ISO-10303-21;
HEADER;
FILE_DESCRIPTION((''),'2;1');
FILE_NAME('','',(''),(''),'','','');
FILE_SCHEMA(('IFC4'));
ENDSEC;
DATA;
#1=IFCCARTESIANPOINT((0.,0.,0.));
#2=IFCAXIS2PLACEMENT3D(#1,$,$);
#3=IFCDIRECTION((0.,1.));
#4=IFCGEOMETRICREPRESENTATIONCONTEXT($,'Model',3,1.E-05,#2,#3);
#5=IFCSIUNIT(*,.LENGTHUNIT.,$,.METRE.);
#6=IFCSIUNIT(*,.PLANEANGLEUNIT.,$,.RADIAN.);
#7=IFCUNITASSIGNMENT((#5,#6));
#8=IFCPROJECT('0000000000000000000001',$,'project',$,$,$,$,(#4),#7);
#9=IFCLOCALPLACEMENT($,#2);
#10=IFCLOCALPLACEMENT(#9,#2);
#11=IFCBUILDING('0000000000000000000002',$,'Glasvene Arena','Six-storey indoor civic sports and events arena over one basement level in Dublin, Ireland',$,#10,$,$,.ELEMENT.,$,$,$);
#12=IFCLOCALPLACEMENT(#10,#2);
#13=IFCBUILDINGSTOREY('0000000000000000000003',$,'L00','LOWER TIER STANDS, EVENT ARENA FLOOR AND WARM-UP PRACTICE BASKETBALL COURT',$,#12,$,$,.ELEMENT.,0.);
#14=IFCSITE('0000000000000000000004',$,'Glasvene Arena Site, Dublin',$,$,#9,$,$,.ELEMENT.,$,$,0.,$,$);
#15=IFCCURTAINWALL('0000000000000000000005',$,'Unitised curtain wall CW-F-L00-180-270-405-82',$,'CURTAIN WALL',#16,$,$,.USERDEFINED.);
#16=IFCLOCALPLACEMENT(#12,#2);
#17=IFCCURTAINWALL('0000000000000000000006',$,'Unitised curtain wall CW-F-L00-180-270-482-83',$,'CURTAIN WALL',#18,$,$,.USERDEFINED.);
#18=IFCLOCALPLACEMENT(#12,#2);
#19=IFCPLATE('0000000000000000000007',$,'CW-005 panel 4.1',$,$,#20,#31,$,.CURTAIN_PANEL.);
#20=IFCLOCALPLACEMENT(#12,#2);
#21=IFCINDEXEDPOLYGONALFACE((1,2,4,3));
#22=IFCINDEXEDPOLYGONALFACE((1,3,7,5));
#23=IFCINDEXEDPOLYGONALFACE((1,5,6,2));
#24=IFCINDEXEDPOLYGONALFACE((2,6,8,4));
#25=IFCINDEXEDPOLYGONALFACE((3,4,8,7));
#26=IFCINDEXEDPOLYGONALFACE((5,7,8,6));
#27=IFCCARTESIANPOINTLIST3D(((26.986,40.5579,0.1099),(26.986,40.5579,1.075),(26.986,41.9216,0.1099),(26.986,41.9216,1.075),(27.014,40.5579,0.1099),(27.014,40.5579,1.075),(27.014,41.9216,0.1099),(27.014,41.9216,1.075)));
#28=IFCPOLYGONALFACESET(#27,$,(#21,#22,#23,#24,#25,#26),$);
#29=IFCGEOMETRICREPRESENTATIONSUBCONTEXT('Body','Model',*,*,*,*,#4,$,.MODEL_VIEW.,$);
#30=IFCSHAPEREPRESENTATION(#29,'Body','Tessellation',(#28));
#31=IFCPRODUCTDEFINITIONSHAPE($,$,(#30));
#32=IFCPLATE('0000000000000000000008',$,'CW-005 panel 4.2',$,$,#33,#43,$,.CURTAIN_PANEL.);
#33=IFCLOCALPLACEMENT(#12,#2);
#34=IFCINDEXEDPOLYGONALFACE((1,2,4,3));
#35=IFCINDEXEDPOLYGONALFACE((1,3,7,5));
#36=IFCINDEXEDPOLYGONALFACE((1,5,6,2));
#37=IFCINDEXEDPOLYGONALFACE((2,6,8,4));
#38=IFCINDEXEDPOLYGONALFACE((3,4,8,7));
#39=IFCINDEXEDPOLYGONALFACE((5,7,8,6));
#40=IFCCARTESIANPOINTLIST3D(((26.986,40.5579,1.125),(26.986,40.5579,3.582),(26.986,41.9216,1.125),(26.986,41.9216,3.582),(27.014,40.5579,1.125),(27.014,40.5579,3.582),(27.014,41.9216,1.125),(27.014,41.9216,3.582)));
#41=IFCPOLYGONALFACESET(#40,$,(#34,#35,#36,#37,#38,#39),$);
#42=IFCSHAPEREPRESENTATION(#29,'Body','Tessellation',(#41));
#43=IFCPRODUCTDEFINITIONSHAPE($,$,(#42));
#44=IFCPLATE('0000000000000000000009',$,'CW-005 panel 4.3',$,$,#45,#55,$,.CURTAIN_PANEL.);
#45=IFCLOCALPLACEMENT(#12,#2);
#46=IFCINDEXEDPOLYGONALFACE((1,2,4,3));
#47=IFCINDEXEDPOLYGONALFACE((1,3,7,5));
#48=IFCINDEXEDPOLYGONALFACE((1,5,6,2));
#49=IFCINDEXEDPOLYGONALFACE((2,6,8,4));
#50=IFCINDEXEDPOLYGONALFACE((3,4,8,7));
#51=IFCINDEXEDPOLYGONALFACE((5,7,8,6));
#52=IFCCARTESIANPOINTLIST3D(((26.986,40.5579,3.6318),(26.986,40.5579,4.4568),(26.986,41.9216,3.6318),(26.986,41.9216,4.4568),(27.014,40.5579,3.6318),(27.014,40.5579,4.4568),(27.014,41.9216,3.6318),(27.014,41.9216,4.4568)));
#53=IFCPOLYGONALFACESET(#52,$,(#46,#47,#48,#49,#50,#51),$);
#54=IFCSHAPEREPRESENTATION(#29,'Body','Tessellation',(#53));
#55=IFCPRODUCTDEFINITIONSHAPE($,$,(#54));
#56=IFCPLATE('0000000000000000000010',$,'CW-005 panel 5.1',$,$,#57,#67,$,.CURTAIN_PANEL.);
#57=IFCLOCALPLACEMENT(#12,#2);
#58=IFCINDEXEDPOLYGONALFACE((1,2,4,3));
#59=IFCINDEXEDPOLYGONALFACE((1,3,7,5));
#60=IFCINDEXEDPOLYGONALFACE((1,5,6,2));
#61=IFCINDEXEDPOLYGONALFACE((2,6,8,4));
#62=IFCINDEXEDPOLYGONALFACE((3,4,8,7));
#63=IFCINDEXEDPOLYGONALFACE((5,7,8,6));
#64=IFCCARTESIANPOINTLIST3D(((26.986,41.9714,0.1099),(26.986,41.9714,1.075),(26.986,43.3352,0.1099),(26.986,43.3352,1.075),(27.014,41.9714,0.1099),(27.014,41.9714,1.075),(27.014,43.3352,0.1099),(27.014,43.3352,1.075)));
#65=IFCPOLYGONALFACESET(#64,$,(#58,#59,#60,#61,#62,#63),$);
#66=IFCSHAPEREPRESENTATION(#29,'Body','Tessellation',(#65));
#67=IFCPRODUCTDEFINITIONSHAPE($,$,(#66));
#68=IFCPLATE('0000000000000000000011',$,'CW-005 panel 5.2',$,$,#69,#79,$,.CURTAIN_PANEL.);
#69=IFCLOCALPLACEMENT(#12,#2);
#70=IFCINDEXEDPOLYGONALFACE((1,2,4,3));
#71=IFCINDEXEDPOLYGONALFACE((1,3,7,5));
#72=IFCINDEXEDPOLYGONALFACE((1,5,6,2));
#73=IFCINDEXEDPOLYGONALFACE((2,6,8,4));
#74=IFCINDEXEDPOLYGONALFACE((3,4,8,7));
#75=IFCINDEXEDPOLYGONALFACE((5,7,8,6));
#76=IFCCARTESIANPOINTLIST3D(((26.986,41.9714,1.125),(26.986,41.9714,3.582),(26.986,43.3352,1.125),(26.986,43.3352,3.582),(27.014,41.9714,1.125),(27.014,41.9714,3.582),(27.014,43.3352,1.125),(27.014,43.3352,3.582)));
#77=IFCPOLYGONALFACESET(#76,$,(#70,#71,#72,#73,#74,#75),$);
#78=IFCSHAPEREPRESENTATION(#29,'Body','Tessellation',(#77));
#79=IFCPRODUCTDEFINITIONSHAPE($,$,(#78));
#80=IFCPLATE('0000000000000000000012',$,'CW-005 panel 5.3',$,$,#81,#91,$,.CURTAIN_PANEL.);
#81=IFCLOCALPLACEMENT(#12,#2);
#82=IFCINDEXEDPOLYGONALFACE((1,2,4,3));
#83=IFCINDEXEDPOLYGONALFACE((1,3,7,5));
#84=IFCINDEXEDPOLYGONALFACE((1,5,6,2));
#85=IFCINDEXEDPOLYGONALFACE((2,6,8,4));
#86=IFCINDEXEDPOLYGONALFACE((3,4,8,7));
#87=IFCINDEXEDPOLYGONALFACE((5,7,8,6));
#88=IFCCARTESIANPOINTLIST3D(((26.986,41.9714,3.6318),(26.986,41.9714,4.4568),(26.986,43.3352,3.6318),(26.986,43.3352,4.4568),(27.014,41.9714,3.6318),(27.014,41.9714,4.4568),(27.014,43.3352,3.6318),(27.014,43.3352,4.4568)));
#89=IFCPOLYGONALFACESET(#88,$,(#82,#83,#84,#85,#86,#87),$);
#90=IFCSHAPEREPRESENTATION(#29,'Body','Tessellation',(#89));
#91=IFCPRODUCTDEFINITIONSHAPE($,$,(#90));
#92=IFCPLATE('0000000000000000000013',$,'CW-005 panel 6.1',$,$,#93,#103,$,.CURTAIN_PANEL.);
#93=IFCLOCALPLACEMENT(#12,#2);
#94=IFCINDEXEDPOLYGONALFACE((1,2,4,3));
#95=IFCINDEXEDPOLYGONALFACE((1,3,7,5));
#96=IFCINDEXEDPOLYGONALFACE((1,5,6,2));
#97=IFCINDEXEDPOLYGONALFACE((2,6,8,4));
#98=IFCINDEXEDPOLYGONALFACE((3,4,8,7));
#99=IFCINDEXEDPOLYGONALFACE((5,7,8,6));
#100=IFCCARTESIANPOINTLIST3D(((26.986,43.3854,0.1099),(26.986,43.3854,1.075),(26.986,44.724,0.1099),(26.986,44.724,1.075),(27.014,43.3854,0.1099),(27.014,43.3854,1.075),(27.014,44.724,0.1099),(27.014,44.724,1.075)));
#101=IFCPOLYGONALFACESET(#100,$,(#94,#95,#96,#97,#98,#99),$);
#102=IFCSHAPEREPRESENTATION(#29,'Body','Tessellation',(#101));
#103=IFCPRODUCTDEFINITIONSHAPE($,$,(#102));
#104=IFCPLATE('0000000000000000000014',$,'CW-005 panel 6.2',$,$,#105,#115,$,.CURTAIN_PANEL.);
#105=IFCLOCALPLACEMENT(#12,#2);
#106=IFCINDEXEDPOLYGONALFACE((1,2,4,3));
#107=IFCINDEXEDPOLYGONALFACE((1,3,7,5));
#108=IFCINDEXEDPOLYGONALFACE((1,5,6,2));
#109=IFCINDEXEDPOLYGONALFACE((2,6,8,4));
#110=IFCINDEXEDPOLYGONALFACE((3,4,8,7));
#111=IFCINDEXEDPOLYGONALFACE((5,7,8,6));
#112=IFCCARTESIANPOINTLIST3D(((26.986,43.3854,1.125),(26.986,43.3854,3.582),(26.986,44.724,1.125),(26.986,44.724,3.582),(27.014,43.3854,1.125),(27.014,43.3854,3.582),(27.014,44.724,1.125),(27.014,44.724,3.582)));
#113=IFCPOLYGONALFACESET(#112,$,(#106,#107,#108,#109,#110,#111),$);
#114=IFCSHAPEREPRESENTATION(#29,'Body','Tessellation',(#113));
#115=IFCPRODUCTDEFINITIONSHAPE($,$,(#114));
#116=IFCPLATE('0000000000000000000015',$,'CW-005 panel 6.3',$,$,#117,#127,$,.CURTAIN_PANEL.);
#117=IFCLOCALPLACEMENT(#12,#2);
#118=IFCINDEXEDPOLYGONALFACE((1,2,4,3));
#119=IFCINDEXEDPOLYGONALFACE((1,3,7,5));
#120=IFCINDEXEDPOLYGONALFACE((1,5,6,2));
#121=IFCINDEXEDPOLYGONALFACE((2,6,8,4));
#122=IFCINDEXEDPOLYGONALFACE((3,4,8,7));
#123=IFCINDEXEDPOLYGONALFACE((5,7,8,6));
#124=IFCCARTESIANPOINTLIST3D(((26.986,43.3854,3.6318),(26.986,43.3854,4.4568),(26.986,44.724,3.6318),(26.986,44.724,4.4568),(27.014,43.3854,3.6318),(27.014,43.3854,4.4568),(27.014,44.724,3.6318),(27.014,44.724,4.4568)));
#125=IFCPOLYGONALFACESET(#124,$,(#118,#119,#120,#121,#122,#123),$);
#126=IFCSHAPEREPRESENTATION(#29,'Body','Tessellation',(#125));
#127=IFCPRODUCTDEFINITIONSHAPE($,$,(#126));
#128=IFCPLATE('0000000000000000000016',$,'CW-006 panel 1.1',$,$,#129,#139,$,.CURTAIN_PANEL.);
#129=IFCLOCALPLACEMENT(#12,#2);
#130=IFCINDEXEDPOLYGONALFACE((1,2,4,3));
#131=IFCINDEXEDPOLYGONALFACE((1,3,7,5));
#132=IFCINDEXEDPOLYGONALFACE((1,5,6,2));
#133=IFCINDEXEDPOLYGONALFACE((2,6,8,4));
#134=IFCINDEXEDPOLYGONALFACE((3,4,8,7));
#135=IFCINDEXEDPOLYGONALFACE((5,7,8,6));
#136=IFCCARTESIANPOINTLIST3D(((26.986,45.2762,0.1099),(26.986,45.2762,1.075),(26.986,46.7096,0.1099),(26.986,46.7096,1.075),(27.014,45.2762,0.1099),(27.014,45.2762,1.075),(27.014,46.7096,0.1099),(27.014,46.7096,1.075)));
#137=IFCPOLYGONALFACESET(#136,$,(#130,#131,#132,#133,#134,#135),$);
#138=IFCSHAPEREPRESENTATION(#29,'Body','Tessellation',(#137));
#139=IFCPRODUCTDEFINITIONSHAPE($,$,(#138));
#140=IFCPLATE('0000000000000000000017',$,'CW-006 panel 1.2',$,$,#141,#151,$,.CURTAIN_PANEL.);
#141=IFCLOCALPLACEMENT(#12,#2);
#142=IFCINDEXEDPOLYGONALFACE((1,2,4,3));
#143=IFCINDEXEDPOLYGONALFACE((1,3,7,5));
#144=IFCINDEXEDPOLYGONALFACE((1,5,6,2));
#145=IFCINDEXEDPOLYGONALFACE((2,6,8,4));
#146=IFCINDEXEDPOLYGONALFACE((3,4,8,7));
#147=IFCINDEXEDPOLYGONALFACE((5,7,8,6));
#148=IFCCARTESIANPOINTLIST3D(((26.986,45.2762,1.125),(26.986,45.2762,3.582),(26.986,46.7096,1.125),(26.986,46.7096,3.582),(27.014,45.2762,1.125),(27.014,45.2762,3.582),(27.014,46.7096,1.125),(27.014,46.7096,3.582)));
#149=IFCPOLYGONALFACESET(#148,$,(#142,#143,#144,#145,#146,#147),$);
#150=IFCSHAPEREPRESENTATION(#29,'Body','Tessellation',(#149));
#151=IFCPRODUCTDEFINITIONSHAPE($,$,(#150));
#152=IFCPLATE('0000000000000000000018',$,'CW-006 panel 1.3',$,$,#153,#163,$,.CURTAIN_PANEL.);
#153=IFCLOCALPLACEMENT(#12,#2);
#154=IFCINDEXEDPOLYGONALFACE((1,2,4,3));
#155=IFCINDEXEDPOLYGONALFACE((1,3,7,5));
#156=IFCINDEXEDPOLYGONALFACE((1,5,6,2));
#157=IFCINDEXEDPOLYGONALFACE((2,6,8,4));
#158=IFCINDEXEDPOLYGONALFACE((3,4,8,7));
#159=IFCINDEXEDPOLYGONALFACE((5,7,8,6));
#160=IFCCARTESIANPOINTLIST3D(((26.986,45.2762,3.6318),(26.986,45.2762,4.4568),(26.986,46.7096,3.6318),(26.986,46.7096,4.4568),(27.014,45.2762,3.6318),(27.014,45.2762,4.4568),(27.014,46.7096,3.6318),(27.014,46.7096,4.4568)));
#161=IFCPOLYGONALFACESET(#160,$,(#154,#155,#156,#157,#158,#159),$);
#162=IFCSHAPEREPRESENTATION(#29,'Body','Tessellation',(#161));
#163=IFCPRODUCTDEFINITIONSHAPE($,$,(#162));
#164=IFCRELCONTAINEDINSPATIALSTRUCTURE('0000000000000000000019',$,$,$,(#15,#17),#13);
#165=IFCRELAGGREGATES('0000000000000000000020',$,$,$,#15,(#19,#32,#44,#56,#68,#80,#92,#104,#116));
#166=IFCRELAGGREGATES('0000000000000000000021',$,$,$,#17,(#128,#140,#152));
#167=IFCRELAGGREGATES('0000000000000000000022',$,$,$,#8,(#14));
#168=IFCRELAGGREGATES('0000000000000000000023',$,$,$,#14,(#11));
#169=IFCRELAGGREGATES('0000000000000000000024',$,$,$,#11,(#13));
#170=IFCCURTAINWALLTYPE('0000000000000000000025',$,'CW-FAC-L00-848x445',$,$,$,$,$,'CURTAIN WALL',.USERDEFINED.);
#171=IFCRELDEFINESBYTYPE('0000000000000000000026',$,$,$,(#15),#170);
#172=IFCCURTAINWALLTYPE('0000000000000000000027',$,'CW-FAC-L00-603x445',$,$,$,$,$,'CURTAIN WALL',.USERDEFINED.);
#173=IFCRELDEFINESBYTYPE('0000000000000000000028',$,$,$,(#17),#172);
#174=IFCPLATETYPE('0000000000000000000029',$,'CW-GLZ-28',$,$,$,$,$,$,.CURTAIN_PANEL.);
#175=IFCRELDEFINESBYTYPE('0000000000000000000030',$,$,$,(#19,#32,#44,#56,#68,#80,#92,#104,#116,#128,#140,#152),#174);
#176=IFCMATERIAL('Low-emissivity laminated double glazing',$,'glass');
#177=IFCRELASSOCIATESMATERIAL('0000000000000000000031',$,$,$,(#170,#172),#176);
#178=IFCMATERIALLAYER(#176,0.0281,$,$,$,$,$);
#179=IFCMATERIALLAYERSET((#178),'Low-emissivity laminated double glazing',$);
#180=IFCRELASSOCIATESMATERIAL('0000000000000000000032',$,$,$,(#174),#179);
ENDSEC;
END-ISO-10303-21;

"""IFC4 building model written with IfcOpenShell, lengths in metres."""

from ifc_helpers import new_model, si_unit, direction, frame, origin, origin_2d, place, context, subcontext, project, spatial, rectangle, extrude, material, layer, layer_set, type_object, element, aggregate, save


model = new_model("IFC4")

# Units and contexts
model_context = context("Model", 3, precision=1e-05, world=origin(), true_north=direction((0.0, 1.0)))
body_context = subcontext(model_context, "Body", "Model", "MODEL_VIEW")
ifc_project = project(units=[si_unit("LENGTHUNIT", "METRE"), si_unit("PLANEANGLEUNIT", "RADIAN")], contexts=[model_context])

# Site, building, storey
site_placement = place(None, origin())
site = spatial("IfcSite", under=ifc_project, at=site_placement, Name="Glasvene Arena Site, Dublin", CompositionType="ELEMENT", RefElevation=0.0)
building_placement = place(site_placement, origin())
building = spatial("IfcBuilding", under=site, at=building_placement, Name="Glasvene Arena", Description="Six-storey indoor civic sports and events arena over one basement level in Dublin, Ireland", CompositionType="ELEMENT")
storey_placement = place(building_placement, origin())
storey = spatial("IfcBuildingStorey", under=building, at=storey_placement, Name="L00", Description="LOWER TIER STANDS, EVENT ARENA FLOOR AND WARM-UP PRACTICE BASKETBALL COURT", CompositionType="ELEMENT", Elevation=0.0)

# Curtain walls
ifc_material_1 = material(Name="Low-emissivity laminated double glazing", Category="glass")
curtain_wall_type_1 = type_object("IfcCurtainWallType", Name="CW-FAC-L00-848x445", ElementType="CURTAIN WALL", PredefinedType="USERDEFINED", material=ifc_material_1)
curtain_wall_1_placement = place(storey_placement, frame((27.0, 36.292, 0.0)))
curtain_wall_1 = element("IfcCurtainWall", 1, at=curtain_wall_1_placement, inside=storey, type_object=curtain_wall_type_1, Name="Unitised curtain wall CW-F-L00-180-270-405-82", ObjectType="CURTAIN WALL", PredefinedType="USERDEFINED")
curtain_wall_type_2 = type_object("IfcCurtainWallType", Name="CW-FAC-L00-603x445", ElementType="CURTAIN WALL", PredefinedType="USERDEFINED", material=ifc_material_1)
curtain_wall_2_placement = place(storey_placement, frame((27.0, 45.2261, 0.0)))
curtain_wall_2 = element("IfcCurtainWall", 2, at=curtain_wall_2_placement, inside=storey, type_object=curtain_wall_type_2, Name="Unitised curtain wall CW-F-L00-180-270-482-83", ObjectType="CURTAIN WALL", PredefinedType="USERDEFINED")

# Plates
ifc_layer = layer(ifc_material_1, 0.0281)
ifc_layer_set = layer_set([ifc_layer], Name="Low-emissivity laminated double glazing")
plate_type = type_object("IfcPlateType", Name="CW-GLZ-28", PredefinedType="CURTAIN_PANEL", material=ifc_layer_set)
plate_1_placement = place(storey_placement, frame((27.0, 41.2397, 0.1099), z_axis=(0.0, 0.0, 1.0), x_axis=(0.0, 1.0, 0.0)))
plate_1 = element("IfcPlate", 3, at=plate_1_placement, type_object=plate_type, Name="CW-005 panel 4.1", PredefinedType="CURTAIN_PANEL", context=body_context, shape_type="SweptSolid", body=[
    extrude(rectangle(XDim=1.3638, YDim=0.0281, at=origin_2d()), origin(), (0.0, 0.0, 1.0), 0.9651),
])
plate_2_placement = place(storey_placement, frame((27.0, 41.2397, 1.125), z_axis=(0.0, 0.0, 1.0), x_axis=(0.0, 1.0, 0.0)))
plate_2 = element("IfcPlate", 4, at=plate_2_placement, type_object=plate_type, Name="CW-005 panel 4.2", PredefinedType="CURTAIN_PANEL", context=body_context, shape_type="SweptSolid", body=[
    extrude(rectangle(XDim=1.3638, YDim=0.0281, at=origin_2d()), origin(), (0.0, 0.0, 1.0), 2.457),
])
plate_3_placement = place(storey_placement, frame((27.0, 41.2397, 3.6318), z_axis=(0.0, 0.0, 1.0), x_axis=(0.0, 1.0, 0.0)))
plate_3 = element("IfcPlate", 5, at=plate_3_placement, type_object=plate_type, Name="CW-005 panel 4.3", PredefinedType="CURTAIN_PANEL", context=body_context, shape_type="SweptSolid", body=[
    extrude(rectangle(XDim=1.3638, YDim=0.0281, at=origin_2d()), origin(), (0.0, 0.0, 1.0), 0.825),
])
plate_4_placement = place(storey_placement, frame((27.0, 42.6533, 0.1099), z_axis=(0.0, 0.0, 1.0), x_axis=(0.0, 1.0, 0.0)))
plate_4 = element("IfcPlate", 6, at=plate_4_placement, type_object=plate_type, Name="CW-005 panel 5.1", PredefinedType="CURTAIN_PANEL", context=body_context, shape_type="SweptSolid", body=[
    extrude(rectangle(XDim=1.3638, YDim=0.0281, at=origin_2d()), origin(), (0.0, 0.0, 1.0), 0.9651),
])
plate_5_placement = place(storey_placement, frame((27.0, 42.6533, 1.125), z_axis=(0.0, 0.0, 1.0), x_axis=(0.0, 1.0, 0.0)))
plate_5 = element("IfcPlate", 7, at=plate_5_placement, type_object=plate_type, Name="CW-005 panel 5.2", PredefinedType="CURTAIN_PANEL", context=body_context, shape_type="SweptSolid", body=[
    extrude(rectangle(XDim=1.3638, YDim=0.0281, at=origin_2d()), origin(), (0.0, 0.0, 1.0), 2.457),
])
plate_6_placement = place(storey_placement, frame((27.0, 42.6533, 3.6318), z_axis=(0.0, 0.0, 1.0), x_axis=(0.0, 1.0, 0.0)))
plate_6 = element("IfcPlate", 8, at=plate_6_placement, type_object=plate_type, Name="CW-005 panel 5.3", PredefinedType="CURTAIN_PANEL", context=body_context, shape_type="SweptSolid", body=[
    extrude(rectangle(XDim=1.3638, YDim=0.0281, at=origin_2d()), origin(), (0.0, 0.0, 1.0), 0.825),
])
plate_7_placement = place(storey_placement, frame((27.0, 44.0547, 0.1099), z_axis=(0.0, 0.0, 1.0), x_axis=(0.0, 1.0, 0.0)))
plate_7 = element("IfcPlate", 9, at=plate_7_placement, type_object=plate_type, Name="CW-005 panel 6.1", PredefinedType="CURTAIN_PANEL", context=body_context, shape_type="SweptSolid", body=[
    extrude(rectangle(XDim=1.3386, YDim=0.0281, at=origin_2d()), origin(), (0.0, 0.0, 1.0), 0.9651),
])
plate_8_placement = place(storey_placement, frame((27.0, 44.0547, 1.125), z_axis=(0.0, 0.0, 1.0), x_axis=(0.0, 1.0, 0.0)))
plate_8 = element("IfcPlate", 10, at=plate_8_placement, type_object=plate_type, Name="CW-005 panel 6.2", PredefinedType="CURTAIN_PANEL", context=body_context, shape_type="SweptSolid", body=[
    extrude(rectangle(XDim=1.3386, YDim=0.0281, at=origin_2d()), origin(), (0.0, 0.0, 1.0), 2.457),
])
plate_9_placement = place(storey_placement, frame((27.0, 44.0547, 3.6318), z_axis=(0.0, 0.0, 1.0), x_axis=(0.0, 1.0, 0.0)))
plate_9 = element("IfcPlate", 11, at=plate_9_placement, type_object=plate_type, Name="CW-005 panel 6.3", PredefinedType="CURTAIN_PANEL", context=body_context, shape_type="SweptSolid", body=[
    extrude(rectangle(XDim=1.3386, YDim=0.0281, at=origin_2d()), origin(), (0.0, 0.0, 1.0), 0.825),
])
aggregate(curtain_wall_1, [plate_1, plate_2, plate_3, plate_4, plate_5, plate_6, plate_7, plate_8, plate_9])
plate_10_placement = place(storey_placement, frame((27.0, 45.9929, 0.1099), z_axis=(0.0, 0.0, 1.0), x_axis=(0.0, 1.0, 0.0)))
plate_10 = element("IfcPlate", 12, at=plate_10_placement, type_object=plate_type, Name="CW-006 panel 1.1", PredefinedType="CURTAIN_PANEL", context=body_context, shape_type="SweptSolid", body=[
    extrude(rectangle(XDim=1.4333, YDim=0.0281, at=origin_2d()), origin(), (0.0, 0.0, 1.0), 0.9651),
])
plate_11_placement = place(storey_placement, frame((27.0, 45.9929, 1.125), z_axis=(0.0, 0.0, 1.0), x_axis=(0.0, 1.0, 0.0)))
plate_11 = element("IfcPlate", 13, at=plate_11_placement, type_object=plate_type, Name="CW-006 panel 1.2", PredefinedType="CURTAIN_PANEL", context=body_context, shape_type="SweptSolid", body=[
    extrude(rectangle(XDim=1.4333, YDim=0.0281, at=origin_2d()), origin(), (0.0, 0.0, 1.0), 2.457),
])
plate_12_placement = place(storey_placement, frame((27.0, 45.9929, 3.6318), z_axis=(0.0, 0.0, 1.0), x_axis=(0.0, 1.0, 0.0)))
plate_12 = element("IfcPlate", 14, at=plate_12_placement, type_object=plate_type, Name="CW-006 panel 1.3", PredefinedType="CURTAIN_PANEL", context=body_context, shape_type="SweptSolid", body=[
    extrude(rectangle(XDim=1.4333, YDim=0.0281, at=origin_2d()), origin(), (0.0, 0.0, 1.0), 0.825),
])
aggregate(curtain_wall_2, [plate_10, plate_11, plate_12])

save(model, "model.ifc")
